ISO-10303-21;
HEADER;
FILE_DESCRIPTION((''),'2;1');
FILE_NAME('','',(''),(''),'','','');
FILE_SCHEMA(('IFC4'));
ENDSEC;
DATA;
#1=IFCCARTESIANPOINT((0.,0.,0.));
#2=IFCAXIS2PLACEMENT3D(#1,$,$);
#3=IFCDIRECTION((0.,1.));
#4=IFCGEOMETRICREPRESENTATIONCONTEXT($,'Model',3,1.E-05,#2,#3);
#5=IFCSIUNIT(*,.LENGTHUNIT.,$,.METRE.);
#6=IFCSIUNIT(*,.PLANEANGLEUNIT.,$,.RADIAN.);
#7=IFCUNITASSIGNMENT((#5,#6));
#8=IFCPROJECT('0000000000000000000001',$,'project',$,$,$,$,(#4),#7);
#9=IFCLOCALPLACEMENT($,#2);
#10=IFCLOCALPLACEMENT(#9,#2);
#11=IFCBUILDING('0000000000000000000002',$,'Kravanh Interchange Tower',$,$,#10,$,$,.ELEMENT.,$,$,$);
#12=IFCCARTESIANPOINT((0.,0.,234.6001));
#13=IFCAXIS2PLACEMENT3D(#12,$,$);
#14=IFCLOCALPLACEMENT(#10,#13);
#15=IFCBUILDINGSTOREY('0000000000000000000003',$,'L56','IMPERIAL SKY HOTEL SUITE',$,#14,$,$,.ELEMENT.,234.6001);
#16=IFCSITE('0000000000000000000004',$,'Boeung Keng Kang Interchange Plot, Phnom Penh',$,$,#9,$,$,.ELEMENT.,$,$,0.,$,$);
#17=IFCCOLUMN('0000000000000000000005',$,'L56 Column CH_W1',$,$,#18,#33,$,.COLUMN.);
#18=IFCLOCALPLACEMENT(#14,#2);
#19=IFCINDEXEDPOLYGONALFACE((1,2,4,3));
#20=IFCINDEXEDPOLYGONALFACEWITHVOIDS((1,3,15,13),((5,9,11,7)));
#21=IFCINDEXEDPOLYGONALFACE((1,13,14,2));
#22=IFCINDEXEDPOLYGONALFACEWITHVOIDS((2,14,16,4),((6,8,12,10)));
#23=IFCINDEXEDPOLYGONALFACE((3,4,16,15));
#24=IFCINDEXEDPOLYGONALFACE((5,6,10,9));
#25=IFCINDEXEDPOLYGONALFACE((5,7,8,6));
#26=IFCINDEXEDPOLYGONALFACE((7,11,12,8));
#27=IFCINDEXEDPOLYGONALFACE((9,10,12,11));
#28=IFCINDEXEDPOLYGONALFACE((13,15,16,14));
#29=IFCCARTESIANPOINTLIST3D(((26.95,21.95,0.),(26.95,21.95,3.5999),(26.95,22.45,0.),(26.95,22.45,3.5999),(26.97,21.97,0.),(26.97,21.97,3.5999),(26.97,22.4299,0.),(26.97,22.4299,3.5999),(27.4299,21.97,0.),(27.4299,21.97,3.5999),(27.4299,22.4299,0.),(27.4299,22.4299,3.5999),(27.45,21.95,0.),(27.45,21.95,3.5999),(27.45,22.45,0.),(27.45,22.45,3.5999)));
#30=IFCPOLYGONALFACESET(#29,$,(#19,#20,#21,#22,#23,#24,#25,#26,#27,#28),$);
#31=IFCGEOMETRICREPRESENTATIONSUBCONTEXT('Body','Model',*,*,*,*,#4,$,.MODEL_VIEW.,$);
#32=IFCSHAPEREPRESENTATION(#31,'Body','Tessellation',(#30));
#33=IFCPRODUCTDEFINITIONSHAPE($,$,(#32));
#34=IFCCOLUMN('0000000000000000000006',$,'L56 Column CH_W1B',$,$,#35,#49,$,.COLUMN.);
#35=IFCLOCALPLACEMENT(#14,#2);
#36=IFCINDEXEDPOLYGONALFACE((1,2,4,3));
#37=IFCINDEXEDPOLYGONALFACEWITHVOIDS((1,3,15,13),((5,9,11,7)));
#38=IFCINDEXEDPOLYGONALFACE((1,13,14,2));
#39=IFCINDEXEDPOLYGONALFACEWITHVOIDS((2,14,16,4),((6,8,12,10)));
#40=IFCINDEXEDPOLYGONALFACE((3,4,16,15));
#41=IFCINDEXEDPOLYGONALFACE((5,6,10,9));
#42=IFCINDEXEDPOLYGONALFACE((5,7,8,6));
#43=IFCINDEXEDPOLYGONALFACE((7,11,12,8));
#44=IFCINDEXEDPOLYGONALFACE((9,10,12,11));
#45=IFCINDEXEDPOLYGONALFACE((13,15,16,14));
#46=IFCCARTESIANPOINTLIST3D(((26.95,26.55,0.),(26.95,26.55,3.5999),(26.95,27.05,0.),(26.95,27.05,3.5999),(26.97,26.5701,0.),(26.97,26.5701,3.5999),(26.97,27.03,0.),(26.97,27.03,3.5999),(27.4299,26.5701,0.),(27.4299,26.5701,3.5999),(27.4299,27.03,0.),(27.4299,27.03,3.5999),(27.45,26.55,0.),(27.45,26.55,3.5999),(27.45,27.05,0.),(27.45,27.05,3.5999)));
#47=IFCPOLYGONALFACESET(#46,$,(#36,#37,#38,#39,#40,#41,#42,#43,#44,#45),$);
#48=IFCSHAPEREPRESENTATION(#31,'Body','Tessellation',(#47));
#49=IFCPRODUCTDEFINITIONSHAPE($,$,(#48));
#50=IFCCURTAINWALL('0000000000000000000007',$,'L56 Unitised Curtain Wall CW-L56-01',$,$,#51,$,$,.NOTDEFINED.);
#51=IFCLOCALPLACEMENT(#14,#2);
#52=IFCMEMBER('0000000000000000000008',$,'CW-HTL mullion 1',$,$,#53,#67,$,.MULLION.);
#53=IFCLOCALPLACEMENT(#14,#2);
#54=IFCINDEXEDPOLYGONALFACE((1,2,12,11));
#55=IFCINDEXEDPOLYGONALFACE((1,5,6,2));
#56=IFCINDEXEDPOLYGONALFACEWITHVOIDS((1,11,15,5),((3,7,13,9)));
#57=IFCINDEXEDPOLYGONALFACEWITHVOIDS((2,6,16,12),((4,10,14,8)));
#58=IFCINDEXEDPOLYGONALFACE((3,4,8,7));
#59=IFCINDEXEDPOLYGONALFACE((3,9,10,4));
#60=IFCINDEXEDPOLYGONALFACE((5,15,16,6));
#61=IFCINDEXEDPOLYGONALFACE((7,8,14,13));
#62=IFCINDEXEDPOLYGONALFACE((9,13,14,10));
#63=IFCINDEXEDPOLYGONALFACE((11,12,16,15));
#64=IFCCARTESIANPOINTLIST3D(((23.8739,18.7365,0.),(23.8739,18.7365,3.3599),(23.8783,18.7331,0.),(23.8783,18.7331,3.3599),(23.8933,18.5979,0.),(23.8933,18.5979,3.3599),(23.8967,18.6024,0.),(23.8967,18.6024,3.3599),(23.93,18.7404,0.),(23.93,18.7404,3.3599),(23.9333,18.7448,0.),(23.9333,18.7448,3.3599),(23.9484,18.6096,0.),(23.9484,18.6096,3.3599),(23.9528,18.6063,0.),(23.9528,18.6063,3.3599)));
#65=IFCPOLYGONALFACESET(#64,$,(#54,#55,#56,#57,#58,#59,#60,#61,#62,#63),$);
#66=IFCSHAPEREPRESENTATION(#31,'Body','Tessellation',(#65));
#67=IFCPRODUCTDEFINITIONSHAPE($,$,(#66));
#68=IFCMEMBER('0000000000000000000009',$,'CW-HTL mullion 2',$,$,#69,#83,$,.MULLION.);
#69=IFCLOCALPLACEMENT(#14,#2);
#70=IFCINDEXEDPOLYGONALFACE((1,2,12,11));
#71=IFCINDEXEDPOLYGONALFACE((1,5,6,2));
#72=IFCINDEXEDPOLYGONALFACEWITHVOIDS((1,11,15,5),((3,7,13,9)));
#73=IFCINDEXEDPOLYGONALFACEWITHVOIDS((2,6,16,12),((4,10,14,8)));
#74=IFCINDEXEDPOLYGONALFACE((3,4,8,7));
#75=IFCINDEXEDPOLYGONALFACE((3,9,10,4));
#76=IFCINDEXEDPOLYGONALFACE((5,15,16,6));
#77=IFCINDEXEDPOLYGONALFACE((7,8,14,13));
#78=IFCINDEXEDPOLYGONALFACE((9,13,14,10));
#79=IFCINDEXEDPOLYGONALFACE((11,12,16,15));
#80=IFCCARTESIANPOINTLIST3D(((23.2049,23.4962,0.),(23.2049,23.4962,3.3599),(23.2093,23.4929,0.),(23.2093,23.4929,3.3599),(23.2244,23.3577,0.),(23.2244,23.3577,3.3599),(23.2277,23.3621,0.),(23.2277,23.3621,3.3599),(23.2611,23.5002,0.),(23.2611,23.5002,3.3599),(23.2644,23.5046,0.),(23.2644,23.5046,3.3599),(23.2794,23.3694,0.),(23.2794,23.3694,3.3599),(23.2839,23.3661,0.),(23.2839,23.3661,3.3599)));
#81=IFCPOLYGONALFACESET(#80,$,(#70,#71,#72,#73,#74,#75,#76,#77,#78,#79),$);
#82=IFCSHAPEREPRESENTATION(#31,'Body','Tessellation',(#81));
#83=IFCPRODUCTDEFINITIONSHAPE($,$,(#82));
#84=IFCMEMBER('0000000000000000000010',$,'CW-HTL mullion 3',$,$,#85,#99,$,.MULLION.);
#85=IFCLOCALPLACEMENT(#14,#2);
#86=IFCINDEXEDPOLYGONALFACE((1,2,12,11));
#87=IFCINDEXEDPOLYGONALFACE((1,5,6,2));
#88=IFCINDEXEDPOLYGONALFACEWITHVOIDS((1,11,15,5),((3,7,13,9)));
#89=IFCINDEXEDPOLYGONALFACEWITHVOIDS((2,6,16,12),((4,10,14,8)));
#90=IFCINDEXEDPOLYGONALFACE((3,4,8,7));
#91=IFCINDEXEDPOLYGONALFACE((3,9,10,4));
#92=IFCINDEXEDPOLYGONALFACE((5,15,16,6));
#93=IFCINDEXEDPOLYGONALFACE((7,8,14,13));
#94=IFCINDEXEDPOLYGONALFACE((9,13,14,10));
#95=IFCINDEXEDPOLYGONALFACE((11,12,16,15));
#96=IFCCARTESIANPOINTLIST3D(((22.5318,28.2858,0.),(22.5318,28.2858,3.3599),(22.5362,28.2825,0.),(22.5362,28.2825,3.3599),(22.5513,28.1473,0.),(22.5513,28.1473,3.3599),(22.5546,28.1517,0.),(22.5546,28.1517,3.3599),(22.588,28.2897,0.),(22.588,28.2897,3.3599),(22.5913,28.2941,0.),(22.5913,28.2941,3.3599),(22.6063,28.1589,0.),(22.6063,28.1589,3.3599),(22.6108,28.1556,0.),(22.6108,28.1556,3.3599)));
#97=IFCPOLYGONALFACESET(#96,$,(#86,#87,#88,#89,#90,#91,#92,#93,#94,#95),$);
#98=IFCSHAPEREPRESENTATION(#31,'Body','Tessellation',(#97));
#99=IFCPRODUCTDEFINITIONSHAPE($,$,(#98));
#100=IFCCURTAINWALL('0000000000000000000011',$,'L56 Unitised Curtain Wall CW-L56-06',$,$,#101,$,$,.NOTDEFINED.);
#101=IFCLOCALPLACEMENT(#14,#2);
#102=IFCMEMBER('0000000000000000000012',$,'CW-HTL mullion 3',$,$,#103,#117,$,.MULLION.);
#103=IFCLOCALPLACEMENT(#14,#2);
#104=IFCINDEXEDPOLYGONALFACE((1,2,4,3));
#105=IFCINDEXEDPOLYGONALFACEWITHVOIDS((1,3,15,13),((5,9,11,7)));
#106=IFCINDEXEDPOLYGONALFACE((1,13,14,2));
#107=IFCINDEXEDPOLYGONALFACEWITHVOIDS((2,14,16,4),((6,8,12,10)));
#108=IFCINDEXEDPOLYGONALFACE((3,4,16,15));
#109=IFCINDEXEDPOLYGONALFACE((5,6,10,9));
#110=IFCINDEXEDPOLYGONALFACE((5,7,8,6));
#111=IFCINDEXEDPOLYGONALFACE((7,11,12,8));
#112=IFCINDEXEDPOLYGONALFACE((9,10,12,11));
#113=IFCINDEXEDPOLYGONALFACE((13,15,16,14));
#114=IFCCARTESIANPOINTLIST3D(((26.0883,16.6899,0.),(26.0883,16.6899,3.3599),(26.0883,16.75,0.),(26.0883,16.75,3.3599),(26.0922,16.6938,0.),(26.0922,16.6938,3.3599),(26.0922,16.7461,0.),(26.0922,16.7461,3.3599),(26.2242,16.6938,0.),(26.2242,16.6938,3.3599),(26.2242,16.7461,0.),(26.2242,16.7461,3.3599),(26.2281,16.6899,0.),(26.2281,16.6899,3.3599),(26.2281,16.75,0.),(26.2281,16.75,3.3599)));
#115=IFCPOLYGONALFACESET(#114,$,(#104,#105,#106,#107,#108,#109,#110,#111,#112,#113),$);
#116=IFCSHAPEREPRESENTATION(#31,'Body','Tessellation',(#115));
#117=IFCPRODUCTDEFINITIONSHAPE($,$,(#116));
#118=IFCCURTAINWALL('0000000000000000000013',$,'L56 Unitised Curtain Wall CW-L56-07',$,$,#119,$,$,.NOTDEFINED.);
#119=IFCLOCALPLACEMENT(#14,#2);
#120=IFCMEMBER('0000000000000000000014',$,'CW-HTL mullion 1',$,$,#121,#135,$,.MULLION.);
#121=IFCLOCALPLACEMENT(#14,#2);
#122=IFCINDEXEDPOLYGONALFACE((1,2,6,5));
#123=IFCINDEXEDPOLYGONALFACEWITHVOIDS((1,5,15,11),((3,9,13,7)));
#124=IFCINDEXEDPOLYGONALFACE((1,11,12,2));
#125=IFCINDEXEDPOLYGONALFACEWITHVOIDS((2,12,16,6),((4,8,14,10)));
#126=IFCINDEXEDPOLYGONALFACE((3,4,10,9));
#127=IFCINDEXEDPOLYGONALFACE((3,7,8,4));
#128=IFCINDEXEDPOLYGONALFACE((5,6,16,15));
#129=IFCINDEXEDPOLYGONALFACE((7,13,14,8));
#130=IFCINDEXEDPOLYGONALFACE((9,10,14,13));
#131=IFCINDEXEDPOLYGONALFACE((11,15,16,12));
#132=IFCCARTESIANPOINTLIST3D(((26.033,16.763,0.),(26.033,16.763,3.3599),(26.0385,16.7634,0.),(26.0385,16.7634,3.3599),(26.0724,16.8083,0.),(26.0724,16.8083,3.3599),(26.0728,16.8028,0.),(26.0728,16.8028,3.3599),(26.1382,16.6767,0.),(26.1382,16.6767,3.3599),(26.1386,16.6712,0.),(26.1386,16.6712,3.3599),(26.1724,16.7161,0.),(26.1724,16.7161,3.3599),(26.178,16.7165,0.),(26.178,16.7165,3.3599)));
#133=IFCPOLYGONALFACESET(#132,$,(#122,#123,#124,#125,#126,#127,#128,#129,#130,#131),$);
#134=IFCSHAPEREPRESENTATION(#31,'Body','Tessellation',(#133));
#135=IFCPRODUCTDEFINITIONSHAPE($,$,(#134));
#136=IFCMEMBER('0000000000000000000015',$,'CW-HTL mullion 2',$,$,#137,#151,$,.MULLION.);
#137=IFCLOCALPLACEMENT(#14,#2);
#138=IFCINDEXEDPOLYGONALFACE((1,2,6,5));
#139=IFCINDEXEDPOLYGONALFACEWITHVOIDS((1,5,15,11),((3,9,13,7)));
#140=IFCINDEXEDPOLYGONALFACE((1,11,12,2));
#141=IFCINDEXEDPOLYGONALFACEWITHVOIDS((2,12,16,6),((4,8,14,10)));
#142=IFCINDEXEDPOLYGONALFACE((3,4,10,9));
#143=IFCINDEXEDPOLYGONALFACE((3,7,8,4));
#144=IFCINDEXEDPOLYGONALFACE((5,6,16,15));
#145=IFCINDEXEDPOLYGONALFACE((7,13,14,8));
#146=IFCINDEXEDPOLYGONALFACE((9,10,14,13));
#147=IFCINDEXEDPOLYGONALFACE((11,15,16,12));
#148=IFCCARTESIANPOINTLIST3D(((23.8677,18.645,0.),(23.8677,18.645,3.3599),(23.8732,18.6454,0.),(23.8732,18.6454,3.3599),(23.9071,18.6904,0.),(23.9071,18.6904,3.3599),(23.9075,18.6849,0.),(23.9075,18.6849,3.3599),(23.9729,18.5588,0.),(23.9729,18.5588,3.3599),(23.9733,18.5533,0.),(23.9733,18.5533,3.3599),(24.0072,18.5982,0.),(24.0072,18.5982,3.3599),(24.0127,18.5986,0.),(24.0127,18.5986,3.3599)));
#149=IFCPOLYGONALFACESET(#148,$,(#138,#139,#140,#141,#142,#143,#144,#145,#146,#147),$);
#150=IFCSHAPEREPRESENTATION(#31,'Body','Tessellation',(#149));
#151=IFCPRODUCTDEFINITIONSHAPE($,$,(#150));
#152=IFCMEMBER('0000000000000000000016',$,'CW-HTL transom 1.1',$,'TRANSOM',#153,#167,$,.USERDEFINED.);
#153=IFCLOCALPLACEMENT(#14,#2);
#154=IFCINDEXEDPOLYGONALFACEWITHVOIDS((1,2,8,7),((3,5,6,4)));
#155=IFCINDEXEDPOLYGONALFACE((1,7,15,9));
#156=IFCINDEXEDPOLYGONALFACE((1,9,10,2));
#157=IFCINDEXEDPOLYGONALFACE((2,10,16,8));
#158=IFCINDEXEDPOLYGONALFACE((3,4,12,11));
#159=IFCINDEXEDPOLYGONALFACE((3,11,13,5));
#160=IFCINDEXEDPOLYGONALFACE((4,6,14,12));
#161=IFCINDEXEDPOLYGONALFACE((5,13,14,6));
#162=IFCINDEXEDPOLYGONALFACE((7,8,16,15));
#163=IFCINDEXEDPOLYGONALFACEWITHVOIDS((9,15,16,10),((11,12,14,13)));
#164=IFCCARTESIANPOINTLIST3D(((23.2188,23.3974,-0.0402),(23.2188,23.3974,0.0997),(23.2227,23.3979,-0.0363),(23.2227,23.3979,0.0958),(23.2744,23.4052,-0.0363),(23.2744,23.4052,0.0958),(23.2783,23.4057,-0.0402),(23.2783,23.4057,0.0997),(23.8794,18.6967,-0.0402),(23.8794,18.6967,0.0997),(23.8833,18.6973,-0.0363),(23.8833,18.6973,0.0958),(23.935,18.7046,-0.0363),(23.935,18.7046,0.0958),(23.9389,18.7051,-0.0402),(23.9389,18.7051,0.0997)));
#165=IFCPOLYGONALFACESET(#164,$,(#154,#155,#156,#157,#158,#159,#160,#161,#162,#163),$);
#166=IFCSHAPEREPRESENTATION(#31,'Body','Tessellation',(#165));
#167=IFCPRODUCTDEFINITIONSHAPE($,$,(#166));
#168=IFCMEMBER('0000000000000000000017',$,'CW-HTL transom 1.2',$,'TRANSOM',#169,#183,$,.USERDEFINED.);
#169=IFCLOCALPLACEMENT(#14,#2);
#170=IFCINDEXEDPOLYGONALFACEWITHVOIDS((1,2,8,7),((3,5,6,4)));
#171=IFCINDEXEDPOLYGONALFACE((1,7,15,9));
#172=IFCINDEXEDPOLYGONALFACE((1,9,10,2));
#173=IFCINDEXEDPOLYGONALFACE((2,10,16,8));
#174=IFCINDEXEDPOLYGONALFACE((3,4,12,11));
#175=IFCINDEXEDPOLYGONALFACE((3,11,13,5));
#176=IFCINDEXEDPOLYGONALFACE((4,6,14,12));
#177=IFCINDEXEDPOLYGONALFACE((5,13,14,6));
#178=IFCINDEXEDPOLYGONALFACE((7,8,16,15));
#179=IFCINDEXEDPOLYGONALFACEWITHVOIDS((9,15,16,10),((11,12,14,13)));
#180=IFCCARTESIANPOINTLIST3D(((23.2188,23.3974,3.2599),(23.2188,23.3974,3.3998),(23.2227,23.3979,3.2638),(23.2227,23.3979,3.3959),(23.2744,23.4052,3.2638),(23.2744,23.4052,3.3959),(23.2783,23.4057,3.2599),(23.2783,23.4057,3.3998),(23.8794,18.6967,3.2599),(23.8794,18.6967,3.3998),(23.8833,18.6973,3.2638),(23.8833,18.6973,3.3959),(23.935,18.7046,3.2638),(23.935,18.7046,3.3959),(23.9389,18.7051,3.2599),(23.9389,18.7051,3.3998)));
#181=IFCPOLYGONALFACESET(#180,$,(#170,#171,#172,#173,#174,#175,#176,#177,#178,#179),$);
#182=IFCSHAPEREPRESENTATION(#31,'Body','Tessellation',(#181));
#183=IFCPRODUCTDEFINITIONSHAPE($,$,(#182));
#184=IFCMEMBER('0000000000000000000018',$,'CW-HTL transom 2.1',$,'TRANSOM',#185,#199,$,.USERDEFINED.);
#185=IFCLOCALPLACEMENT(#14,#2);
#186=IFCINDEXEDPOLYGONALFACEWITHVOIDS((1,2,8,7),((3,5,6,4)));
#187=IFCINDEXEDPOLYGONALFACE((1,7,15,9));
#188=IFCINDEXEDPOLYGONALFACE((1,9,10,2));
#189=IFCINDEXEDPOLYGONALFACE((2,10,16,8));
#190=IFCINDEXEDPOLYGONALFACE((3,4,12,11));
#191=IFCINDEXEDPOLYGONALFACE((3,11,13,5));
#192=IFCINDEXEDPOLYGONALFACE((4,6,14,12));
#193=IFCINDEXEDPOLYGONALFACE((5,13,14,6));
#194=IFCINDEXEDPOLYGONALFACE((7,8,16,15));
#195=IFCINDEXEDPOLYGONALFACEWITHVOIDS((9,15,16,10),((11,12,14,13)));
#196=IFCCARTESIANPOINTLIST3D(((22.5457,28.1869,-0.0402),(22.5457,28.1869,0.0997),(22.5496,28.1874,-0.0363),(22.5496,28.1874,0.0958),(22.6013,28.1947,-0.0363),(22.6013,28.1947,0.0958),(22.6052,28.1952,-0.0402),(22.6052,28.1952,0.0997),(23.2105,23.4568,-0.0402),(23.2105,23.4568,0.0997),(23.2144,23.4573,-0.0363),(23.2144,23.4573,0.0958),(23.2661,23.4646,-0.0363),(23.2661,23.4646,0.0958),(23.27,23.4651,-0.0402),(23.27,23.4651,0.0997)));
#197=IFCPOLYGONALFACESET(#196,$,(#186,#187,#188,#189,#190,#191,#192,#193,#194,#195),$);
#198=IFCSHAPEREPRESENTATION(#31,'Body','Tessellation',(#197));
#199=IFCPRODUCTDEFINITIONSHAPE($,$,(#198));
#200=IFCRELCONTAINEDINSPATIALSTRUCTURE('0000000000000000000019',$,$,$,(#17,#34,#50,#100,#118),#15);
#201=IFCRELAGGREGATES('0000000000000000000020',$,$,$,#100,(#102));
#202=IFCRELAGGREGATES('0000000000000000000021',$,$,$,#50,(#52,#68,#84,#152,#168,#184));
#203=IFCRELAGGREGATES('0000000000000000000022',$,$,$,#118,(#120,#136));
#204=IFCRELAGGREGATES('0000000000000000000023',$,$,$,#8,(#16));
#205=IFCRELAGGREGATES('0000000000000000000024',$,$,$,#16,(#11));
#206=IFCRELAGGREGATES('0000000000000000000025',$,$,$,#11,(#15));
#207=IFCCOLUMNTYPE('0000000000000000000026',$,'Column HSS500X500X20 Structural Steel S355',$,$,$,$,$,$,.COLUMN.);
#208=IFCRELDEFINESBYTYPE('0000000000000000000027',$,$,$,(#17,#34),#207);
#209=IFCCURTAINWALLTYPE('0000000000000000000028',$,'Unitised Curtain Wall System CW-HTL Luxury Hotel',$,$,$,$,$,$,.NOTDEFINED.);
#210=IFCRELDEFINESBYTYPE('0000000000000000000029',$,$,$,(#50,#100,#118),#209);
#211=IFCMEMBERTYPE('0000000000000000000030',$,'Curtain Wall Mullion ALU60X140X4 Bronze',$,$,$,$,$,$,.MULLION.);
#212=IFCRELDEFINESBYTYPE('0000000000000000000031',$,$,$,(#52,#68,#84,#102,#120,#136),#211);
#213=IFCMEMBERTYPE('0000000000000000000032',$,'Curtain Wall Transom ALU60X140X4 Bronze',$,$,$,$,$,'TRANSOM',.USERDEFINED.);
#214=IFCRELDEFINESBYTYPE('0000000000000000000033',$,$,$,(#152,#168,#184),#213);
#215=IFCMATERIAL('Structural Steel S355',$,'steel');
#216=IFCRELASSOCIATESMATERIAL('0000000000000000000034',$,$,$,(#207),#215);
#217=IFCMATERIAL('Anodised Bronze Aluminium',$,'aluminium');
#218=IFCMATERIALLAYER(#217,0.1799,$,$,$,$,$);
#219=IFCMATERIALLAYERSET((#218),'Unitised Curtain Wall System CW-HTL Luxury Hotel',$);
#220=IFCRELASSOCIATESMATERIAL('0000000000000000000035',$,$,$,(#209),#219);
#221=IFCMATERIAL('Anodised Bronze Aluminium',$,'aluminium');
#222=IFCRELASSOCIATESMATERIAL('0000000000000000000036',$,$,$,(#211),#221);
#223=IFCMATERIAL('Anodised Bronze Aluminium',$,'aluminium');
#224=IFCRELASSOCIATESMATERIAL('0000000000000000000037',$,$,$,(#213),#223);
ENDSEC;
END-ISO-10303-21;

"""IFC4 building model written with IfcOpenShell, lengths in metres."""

from ifc_helpers import new_model, si_unit, direction, frame, origin, origin_2d, place, context, subcontext, project, spatial, hollow_rectangle, extrude, material, layer, layer_set, material_profile, profile_set, type_object, element, aggregate, save


model = new_model("IFC4")

# Units and contexts
model_context = context("Model", 3, precision=1e-05, world=origin(), true_north=direction((0.0, 1.0)))
body_context = subcontext(model_context, "Body", "Model", "MODEL_VIEW")
ifc_project = project(units=[si_unit("LENGTHUNIT", "METRE"), si_unit("PLANEANGLEUNIT", "RADIAN")], contexts=[model_context])

# Site, building, storey
site_placement = place(None, origin())
site = spatial("IfcSite", under=ifc_project, at=site_placement, Name="Boeung Keng Kang Interchange Plot, Phnom Penh", CompositionType="ELEMENT", RefElevation=0.0)
building_placement = place(site_placement, origin())
building = spatial("IfcBuilding", under=site, at=building_placement, Name="Kravanh Interchange Tower", CompositionType="ELEMENT")
storey_placement = place(building_placement, frame((0.0, 0.0, 234.6001)))
storey = spatial("IfcBuildingStorey", under=building, at=storey_placement, Name="L56", Description="IMPERIAL SKY HOTEL SUITE", CompositionType="ELEMENT", Elevation=234.6001)

# Columns
ifc_material_1 = material(Name="Structural Steel S355", Category="steel")
ifc_material_profile_1 = material_profile(ifc_material_1, hollow_rectangle(XDim=0.5, YDim=0.5, WallThickness=0.02, at=origin_2d()), Name="HSS500X500X20")
ifc_profile_set_1 = profile_set([ifc_material_profile_1], Name="Structural Steel S355")
column_type = type_object("IfcColumnType", Name="Column HSS500X500X20 Structural Steel S355", PredefinedType="COLUMN", material=ifc_profile_set_1)
for number, where, z_axis, x_axis, name in (
    (1, (27.2, 22.2, 0.0), (0.0, 0.0, 1.0), (1.0, 0.0, 0.0), "L56 Column CH_W1"),
    (2, (27.2, 26.8, 0.0), (0.0, 0.0, 1.0), (1.0, 0.0, 0.0), "L56 Column CH_W1B"),
):
    element("IfcColumn", number, at=place(storey_placement, frame(where, z_axis=z_axis, x_axis=x_axis)), inside=storey, type_object=column_type, Name=name, PredefinedType="COLUMN", context=body_context, shape_type="SweptSolid", body=[
        extrude(hollow_rectangle(XDim=0.5, YDim=0.5, WallThickness=0.02, at=origin_2d()), origin(), (0.0, 0.0, 1.0), 3.5999),
    ])

# Curtain wall, members
ifc_material_2 = material(Name="Anodised Bronze Aluminium", Category="aluminium")
ifc_layer_1 = layer(ifc_material_2, 0.1799)
ifc_layer_set_1 = layer_set([ifc_layer_1], Name="Unitised Curtain Wall System CW-HTL Luxury Hotel")
curtain_wall_type = type_object("IfcCurtainWallType", Name="Unitised Curtain Wall System CW-HTL Luxury Hotel", PredefinedType="NOTDEFINED", material=ifc_layer_set_1)
curtain_wall_1_placement = place(storey_placement, origin())
curtain_wall_1 = element("IfcCurtainWall", 3, at=curtain_wall_1_placement, inside=storey, type_object=curtain_wall_type, Name="L56 Unitised Curtain Wall CW-L56-01", PredefinedType="NOTDEFINED")
ifc_material_3 = material(Name="Anodised Bronze Aluminium", Category="aluminium")
ifc_material_profile_2 = material_profile(ifc_material_3, hollow_rectangle(XDim=0.0601, YDim=0.1399, WallThickness=0.0039, at=origin_2d()), Name="ALU60X140X4")
ifc_profile_set_2 = profile_set([ifc_material_profile_2], Name="Anodised Bronze Aluminium")
member_type_1 = type_object("IfcMemberType", Name="Curtain Wall Mullion ALU60X140X4 Bronze", PredefinedType="MULLION", material=ifc_profile_set_2)
member_1_placement = place(storey_placement, frame((23.9133, 18.6714, 0.0), z_axis=(0.0, 0.0, 1.0), x_axis=(-0.990268, -0.139176, 0.0)))
member_1 = element("IfcMember", 4, at=member_1_placement, type_object=member_type_1, Name="CW-HTL mullion 1", PredefinedType="MULLION", context=body_context, shape_type="SweptSolid", body=[
    extrude(hollow_rectangle(XDim=0.0601, YDim=0.1399, WallThickness=0.0039, at=origin_2d()), origin(), (0.0, 0.0, 1.0), 3.3599),
])
member_2_placement = place(storey_placement, frame((23.2444, 23.4312, 0.0), z_axis=(0.0, 0.0, 1.0), x_axis=(-0.990268, -0.139176, 0.0)))
member_2 = element("IfcMember", 5, at=member_2_placement, type_object=member_type_1, Name="CW-HTL mullion 2", PredefinedType="MULLION", context=body_context, shape_type="SweptSolid", body=[
    extrude(hollow_rectangle(XDim=0.0601, YDim=0.1399, WallThickness=0.0039, at=origin_2d()), origin(), (0.0, 0.0, 1.0), 3.3599),
])
member_3_placement = place(storey_placement, frame((22.5713, 28.2207, 0.0), z_axis=(0.0, 0.0, 1.0), x_axis=(-0.990268, -0.139176, 0.0)))
member_3 = element("IfcMember", 6, at=member_3_placement, type_object=member_type_1, Name="CW-HTL mullion 3", PredefinedType="MULLION", context=body_context, shape_type="SweptSolid", body=[
    extrude(hollow_rectangle(XDim=0.0601, YDim=0.1399, WallThickness=0.0039, at=origin_2d()), origin(), (0.0, 0.0, 1.0), 3.3599),
])

# Curtain wall, member
curtain_wall_2_placement = place(storey_placement, origin())
curtain_wall_2 = element("IfcCurtainWall", 7, at=curtain_wall_2_placement, inside=storey, type_object=curtain_wall_type, Name="L56 Unitised Curtain Wall CW-L56-06", PredefinedType="NOTDEFINED")
member_4_placement = place(storey_placement, frame((26.1582, 16.72, 0.0), z_axis=(0.0, 0.0, 1.0), x_axis=(0.0, -1.0, 0.0)))
member_4 = element("IfcMember", 8, at=member_4_placement, type_object=member_type_1, Name="CW-HTL mullion 3", PredefinedType="MULLION", context=body_context, shape_type="SweptSolid", body=[
    extrude(hollow_rectangle(XDim=0.0601, YDim=0.1399, WallThickness=0.0039, at=origin_2d()), origin(), (0.0, 0.0, 1.0), 3.3599),
])
aggregate(curtain_wall_2, [member_4])

# Curtain wall, members
curtain_wall_3_placement = place(storey_placement, origin())
curtain_wall_3 = element("IfcCurtainWall", 9, at=curtain_wall_3_placement, inside=storey, type_object=curtain_wall_type, Name="L56 Unitised Curtain Wall CW-L56-07", PredefinedType="NOTDEFINED")
member_5_placement = place(storey_placement, frame((26.1055, 16.7397, 0.0), z_axis=(0.0, 0.0, 1.0), x_axis=(-0.656033, -0.754732, 0.0)))
member_5 = element("IfcMember", 10, at=member_5_placement, type_object=member_type_1, Name="CW-HTL mullion 1", PredefinedType="MULLION", context=body_context, shape_type="SweptSolid", body=[
    extrude(hollow_rectangle(XDim=0.0601, YDim=0.1399, WallThickness=0.0039, at=origin_2d()), origin(), (0.0, 0.0, 1.0), 3.3599),
])
member_6_placement = place(storey_placement, frame((23.9402, 18.6218, 0.0), z_axis=(0.0, 0.0, 1.0), x_axis=(-0.656033, -0.754732, 0.0)))
member_6 = element("IfcMember", 11, at=member_6_placement, type_object=member_type_1, Name="CW-HTL mullion 2", PredefinedType="MULLION", context=body_context, shape_type="SweptSolid", body=[
    extrude(hollow_rectangle(XDim=0.0601, YDim=0.1399, WallThickness=0.0039, at=origin_2d()), origin(), (0.0, 0.0, 1.0), 3.3599),
])

# Members
ifc_material_4 = material(Name="Anodised Bronze Aluminium", Category="aluminium")
ifc_material_profile_3 = material_profile(ifc_material_4, hollow_rectangle(XDim=0.0601, YDim=0.1399, WallThickness=0.0039, at=origin_2d()), Name="ALU60X140X4")
ifc_profile_set_3 = profile_set([ifc_material_profile_3], Name="Anodised Bronze Aluminium")
member_type_2 = type_object("IfcMemberType", Name="Curtain Wall Transom ALU60X140X4 Bronze", ElementType="TRANSOM", PredefinedType="USERDEFINED", material=ifc_profile_set_3)
member_7_placement = place(storey_placement, frame((23.9092, 18.7009, 0.0298), z_axis=(-0.139174, 0.990268, 0.0), x_axis=(-0.990268, -0.139174, 0.0)))
member_7 = element("IfcMember", 12, at=member_7_placement, type_object=member_type_2, Name="CW-HTL transom 1.1", ObjectType="TRANSOM", PredefinedType="USERDEFINED", context=body_context, shape_type="SweptSolid", body=[
    extrude(hollow_rectangle(XDim=0.0601, YDim=0.1399, WallThickness=0.0039, at=origin_2d()), origin(), (0.0, 0.0, 1.0), 4.7468),
])
member_8_placement = place(storey_placement, frame((23.9092, 18.7009, 3.3298), z_axis=(-0.139174, 0.990268, 0.0), x_axis=(-0.990268, -0.139174, 0.0)))
member_8 = element("IfcMember", 13, at=member_8_placement, type_object=member_type_2, Name="CW-HTL transom 1.2", ObjectType="TRANSOM", PredefinedType="USERDEFINED", context=body_context, shape_type="SweptSolid", body=[
    extrude(hollow_rectangle(XDim=0.0601, YDim=0.1399, WallThickness=0.0039, at=origin_2d()), origin(), (0.0, 0.0, 1.0), 4.7468),
])
member_9_placement = place(storey_placement, frame((23.2402, 23.4609, 0.0298), z_axis=(-0.139174, 0.990268, 0.0), x_axis=(-0.990268, -0.139174, 0.0)))
member_9 = element("IfcMember", 14, at=member_9_placement, type_object=member_type_2, Name="CW-HTL transom 2.1", ObjectType="TRANSOM", PredefinedType="USERDEFINED", context=body_context, shape_type="SweptSolid", body=[
    extrude(hollow_rectangle(XDim=0.0601, YDim=0.1399, WallThickness=0.0039, at=origin_2d()), origin(), (0.0, 0.0, 1.0), 4.7766),
])

aggregate(curtain_wall_1, [member_1, member_2, member_3, member_7, member_8, member_9])
aggregate(curtain_wall_3, [member_5, member_6])

save(model, "model.ifc")
